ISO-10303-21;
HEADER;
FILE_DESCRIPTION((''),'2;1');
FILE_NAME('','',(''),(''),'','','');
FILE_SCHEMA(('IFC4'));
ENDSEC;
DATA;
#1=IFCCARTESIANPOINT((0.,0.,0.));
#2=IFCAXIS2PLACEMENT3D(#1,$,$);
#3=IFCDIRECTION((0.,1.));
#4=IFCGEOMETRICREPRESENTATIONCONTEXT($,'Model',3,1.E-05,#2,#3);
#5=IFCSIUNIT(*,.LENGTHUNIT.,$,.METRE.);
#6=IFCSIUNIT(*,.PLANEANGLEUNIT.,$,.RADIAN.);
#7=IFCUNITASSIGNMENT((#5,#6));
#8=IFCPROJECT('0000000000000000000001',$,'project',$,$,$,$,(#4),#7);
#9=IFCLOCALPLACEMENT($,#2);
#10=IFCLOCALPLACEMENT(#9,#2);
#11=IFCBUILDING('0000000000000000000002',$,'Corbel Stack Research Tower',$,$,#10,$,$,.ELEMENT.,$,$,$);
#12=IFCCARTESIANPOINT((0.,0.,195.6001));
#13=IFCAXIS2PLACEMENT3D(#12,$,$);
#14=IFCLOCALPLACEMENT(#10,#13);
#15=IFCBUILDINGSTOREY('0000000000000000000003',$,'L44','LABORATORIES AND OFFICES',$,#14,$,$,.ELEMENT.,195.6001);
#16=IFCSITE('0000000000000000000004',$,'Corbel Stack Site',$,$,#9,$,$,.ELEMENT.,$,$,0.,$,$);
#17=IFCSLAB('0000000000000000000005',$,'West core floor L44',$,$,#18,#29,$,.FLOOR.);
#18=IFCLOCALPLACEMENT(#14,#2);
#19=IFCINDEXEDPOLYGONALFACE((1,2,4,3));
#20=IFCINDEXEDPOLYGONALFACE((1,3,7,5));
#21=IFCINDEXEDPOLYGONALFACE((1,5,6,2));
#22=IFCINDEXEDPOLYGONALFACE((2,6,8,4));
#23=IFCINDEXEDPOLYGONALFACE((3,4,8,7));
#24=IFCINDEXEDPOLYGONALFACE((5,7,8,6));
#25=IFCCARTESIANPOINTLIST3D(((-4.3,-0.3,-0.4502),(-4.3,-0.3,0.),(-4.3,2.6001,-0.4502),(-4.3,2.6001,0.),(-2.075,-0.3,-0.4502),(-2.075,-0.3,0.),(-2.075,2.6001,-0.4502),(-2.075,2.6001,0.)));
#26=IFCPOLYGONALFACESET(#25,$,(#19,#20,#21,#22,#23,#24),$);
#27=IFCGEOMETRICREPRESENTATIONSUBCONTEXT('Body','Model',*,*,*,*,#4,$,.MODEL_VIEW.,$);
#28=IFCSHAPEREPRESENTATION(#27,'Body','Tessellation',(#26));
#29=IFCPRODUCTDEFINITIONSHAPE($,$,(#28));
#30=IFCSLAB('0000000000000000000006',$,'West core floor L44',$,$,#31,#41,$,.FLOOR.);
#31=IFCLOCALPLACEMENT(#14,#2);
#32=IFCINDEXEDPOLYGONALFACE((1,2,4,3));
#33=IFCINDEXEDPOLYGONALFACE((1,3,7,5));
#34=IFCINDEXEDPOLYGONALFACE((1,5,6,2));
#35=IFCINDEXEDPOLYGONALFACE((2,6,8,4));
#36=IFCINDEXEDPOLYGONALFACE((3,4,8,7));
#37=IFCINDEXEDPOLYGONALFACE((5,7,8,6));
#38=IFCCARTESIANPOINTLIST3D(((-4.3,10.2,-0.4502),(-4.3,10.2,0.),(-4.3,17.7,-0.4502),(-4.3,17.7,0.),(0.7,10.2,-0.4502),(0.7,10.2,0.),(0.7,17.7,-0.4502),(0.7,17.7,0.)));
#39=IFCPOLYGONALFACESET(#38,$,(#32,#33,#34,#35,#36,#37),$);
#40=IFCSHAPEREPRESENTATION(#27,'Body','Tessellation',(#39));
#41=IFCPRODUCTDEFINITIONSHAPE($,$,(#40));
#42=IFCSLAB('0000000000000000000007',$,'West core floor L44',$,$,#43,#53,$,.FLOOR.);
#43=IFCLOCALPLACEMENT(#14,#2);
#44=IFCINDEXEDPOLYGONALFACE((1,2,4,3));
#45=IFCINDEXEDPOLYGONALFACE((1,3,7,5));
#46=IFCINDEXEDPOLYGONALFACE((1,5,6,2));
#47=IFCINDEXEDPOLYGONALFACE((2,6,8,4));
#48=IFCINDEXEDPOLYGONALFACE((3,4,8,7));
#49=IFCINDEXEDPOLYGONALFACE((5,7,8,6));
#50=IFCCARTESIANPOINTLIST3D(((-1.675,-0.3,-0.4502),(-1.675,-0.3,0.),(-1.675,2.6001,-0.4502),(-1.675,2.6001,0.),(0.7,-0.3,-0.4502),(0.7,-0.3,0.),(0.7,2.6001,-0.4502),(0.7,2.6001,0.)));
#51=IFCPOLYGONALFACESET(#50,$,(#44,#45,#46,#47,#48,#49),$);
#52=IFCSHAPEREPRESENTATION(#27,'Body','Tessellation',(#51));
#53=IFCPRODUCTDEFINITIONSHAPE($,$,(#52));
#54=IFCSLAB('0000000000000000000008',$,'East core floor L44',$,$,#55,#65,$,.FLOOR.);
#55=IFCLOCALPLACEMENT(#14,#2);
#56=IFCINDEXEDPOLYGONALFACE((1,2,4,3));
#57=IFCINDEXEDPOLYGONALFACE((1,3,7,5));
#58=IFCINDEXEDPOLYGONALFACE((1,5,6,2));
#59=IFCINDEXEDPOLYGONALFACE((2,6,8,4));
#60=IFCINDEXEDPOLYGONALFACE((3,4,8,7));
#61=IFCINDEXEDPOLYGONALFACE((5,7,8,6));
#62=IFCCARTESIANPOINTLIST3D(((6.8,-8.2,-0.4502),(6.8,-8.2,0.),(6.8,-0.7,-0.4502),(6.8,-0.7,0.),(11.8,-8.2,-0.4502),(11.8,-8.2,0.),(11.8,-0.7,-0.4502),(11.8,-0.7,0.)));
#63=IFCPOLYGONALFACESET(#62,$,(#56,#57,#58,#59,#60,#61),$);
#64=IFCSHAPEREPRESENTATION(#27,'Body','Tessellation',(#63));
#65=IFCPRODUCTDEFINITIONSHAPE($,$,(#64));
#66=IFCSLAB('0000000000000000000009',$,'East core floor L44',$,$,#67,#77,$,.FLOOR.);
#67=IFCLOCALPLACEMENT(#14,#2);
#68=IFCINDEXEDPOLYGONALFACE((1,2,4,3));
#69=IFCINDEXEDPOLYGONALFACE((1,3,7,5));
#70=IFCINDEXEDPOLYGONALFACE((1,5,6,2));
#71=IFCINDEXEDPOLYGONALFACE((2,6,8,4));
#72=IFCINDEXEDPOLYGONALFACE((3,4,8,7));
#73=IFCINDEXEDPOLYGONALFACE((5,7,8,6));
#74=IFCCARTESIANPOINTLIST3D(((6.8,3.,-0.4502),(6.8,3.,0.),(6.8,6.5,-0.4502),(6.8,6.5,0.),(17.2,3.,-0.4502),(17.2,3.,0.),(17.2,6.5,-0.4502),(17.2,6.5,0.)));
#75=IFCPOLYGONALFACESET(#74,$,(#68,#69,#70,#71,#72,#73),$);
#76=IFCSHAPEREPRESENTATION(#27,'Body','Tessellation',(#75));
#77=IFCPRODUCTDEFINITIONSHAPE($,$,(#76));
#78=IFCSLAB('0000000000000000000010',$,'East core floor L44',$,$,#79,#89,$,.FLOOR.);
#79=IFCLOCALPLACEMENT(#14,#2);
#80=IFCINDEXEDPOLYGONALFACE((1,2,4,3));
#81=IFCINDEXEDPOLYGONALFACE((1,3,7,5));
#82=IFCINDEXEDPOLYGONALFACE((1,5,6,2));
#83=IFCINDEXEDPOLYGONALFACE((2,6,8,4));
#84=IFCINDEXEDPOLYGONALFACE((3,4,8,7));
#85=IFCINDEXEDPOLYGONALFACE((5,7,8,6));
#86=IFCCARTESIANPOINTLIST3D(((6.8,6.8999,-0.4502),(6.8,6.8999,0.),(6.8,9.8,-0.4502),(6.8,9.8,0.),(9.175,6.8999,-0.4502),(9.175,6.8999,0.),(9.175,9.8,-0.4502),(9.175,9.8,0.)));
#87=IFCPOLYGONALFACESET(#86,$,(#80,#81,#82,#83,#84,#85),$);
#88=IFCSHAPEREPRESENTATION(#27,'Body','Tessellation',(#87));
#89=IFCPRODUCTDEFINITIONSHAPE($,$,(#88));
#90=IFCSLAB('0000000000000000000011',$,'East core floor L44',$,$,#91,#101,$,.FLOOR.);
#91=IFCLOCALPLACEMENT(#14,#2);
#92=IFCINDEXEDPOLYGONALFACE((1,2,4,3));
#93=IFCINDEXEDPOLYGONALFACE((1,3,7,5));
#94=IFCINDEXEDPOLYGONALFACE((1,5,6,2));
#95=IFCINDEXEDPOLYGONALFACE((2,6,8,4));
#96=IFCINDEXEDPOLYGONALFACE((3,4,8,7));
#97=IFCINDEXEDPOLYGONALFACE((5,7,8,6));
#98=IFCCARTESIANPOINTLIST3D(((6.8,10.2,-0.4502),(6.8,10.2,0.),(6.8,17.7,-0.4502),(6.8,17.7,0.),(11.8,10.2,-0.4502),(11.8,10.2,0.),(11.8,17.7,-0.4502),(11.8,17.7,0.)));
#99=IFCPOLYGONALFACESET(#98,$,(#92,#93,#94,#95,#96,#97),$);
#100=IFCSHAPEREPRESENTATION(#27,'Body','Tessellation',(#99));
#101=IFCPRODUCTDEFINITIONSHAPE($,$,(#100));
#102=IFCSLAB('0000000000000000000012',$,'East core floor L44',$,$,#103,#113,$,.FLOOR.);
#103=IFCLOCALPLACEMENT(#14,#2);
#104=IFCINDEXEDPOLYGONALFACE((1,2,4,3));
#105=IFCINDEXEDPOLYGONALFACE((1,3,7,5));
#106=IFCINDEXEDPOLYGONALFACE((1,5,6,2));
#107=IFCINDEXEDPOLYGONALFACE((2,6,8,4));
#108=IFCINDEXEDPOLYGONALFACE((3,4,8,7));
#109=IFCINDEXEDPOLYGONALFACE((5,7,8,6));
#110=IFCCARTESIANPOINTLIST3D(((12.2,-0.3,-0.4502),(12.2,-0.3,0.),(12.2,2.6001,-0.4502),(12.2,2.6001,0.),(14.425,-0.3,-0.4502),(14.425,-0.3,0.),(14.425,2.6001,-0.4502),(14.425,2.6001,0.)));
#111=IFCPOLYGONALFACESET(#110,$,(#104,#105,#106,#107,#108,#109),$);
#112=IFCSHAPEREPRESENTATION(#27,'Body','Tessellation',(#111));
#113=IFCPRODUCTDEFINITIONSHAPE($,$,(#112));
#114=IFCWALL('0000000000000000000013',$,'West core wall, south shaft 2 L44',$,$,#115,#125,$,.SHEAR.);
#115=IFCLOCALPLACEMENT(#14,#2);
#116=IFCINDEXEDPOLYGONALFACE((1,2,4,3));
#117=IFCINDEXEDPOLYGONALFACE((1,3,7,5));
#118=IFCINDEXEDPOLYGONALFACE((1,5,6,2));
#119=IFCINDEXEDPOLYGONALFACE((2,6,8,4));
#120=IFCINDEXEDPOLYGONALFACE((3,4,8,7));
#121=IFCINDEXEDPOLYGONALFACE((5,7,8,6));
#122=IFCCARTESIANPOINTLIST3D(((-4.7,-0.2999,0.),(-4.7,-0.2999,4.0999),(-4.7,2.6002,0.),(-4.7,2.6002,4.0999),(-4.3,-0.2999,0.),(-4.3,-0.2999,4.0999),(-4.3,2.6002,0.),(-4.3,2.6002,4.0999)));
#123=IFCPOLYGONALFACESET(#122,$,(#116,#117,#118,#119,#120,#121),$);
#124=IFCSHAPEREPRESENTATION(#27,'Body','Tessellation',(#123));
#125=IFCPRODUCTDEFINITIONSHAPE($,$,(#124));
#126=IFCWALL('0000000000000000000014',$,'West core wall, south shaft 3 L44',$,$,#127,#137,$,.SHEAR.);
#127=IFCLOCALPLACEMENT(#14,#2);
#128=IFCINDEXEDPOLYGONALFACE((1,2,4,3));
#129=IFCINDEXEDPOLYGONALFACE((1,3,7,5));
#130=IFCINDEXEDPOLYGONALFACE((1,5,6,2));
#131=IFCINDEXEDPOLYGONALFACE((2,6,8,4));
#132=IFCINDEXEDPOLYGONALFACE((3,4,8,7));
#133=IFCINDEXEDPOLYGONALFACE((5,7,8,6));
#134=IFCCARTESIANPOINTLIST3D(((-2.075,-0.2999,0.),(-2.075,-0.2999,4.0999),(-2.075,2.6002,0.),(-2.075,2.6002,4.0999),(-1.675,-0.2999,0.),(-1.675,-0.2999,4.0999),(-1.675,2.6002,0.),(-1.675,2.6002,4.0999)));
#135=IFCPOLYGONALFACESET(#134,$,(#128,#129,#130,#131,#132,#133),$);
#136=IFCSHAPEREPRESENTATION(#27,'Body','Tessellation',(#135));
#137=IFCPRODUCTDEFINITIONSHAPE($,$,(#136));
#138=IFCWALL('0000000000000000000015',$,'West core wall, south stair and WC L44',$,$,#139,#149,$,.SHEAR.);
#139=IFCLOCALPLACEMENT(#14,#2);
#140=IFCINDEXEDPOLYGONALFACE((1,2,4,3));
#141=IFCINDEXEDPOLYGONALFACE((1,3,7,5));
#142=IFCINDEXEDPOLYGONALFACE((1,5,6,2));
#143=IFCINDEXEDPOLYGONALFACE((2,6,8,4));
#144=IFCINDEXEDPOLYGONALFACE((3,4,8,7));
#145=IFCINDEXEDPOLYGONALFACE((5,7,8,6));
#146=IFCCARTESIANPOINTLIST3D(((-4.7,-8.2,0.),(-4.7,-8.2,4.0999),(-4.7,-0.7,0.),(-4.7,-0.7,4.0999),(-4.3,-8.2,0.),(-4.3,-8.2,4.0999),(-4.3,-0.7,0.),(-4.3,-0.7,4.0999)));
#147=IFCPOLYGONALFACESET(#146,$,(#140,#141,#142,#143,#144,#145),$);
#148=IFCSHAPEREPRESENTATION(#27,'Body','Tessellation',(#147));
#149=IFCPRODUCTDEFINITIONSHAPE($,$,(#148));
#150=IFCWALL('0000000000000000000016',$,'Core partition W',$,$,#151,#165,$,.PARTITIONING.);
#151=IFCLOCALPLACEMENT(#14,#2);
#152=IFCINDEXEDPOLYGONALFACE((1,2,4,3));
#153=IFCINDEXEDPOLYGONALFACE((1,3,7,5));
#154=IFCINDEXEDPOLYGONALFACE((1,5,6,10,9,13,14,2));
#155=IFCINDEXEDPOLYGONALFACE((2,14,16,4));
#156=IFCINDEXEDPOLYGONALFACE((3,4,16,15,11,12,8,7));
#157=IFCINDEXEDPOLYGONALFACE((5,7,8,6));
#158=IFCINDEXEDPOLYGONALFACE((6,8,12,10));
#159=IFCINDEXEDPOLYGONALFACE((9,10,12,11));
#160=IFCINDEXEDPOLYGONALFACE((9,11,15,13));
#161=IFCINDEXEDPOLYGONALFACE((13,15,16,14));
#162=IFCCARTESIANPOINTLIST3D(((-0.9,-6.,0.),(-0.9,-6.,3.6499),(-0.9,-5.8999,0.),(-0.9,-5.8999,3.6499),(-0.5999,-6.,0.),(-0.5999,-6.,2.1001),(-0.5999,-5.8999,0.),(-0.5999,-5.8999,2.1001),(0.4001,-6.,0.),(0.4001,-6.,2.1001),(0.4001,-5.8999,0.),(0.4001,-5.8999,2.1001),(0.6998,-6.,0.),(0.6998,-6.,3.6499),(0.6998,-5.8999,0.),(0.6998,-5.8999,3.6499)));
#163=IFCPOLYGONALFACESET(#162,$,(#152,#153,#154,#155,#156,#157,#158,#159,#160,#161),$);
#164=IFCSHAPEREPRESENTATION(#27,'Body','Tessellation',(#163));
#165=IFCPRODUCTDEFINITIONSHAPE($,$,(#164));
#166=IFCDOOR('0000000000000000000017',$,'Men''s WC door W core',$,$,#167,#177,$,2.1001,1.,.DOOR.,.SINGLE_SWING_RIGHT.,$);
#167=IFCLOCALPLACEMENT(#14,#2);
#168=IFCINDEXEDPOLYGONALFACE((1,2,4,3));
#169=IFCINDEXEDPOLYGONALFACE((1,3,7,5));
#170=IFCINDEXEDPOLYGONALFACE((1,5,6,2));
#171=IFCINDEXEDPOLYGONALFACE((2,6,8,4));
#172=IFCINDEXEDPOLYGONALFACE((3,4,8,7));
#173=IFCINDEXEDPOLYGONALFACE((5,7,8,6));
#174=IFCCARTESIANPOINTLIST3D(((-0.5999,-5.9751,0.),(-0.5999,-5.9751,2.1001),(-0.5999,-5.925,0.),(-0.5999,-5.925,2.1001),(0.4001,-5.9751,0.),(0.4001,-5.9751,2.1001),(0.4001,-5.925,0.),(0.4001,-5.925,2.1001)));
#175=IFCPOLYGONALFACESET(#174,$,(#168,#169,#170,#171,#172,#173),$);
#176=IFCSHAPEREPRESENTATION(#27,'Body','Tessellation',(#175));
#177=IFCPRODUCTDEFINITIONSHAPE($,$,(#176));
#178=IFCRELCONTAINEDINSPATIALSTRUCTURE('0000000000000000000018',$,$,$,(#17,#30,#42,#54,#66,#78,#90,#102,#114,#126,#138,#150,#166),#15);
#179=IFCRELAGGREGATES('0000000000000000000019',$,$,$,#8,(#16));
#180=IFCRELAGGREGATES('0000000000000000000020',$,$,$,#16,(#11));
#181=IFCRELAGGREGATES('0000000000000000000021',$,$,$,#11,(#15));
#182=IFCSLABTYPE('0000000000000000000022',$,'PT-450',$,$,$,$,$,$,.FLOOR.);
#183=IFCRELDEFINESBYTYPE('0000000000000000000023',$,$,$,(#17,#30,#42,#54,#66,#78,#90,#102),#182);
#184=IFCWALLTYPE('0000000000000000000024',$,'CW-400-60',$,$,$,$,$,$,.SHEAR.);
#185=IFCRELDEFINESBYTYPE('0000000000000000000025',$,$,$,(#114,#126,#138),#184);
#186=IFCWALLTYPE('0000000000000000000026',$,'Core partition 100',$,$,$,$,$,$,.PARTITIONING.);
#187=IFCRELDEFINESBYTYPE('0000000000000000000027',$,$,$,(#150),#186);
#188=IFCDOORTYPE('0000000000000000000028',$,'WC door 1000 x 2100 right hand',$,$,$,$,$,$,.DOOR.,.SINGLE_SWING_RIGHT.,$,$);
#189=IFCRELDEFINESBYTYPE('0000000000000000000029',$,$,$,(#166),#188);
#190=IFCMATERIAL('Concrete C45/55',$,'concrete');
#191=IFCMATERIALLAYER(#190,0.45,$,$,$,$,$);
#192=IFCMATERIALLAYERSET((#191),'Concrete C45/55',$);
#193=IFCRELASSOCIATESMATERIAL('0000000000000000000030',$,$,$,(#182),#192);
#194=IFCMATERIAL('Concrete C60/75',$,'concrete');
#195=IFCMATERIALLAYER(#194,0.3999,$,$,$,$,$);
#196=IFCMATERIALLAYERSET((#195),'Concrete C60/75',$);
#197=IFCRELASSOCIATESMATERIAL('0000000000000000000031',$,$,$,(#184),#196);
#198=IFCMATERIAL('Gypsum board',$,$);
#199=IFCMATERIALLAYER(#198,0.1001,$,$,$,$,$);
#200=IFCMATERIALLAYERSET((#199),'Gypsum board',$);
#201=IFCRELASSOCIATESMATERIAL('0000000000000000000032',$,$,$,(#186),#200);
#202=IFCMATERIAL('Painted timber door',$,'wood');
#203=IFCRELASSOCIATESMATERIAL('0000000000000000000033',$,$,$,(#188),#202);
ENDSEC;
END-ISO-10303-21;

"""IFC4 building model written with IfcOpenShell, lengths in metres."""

from ifc_helpers import new_model, si_unit, direction, frame, frame_2d, origin, place, context, subcontext, project, spatial, polyline, rectangle, outline, extrude, material, layer, layer_set, type_object, element, fill, save


model = new_model("IFC4")

# Units and contexts
model_context = context("Model", 3, precision=1e-05, world=origin(), true_north=direction((0.0, 1.0)))
body_context = subcontext(model_context, "Body", "Model", "MODEL_VIEW")
ifc_project = project(units=[si_unit("LENGTHUNIT", "METRE"), si_unit("PLANEANGLEUNIT", "RADIAN")], contexts=[model_context])

# Site, building, storey
site_placement = place(None, origin())
site = spatial("IfcSite", under=ifc_project, at=site_placement, Name="Corbel Stack Site", CompositionType="ELEMENT", RefElevation=0.0)
building_placement = place(site_placement, origin())
building = spatial("IfcBuilding", under=site, at=building_placement, Name="Corbel Stack Research Tower", CompositionType="ELEMENT")
storey_placement = place(building_placement, frame((0.0, 0.0, 195.6001)))
storey = spatial("IfcBuildingStorey", under=building, at=storey_placement, Name="L44", Description="LABORATORIES AND OFFICES", CompositionType="ELEMENT", Elevation=195.6001)

# Slabs
ifc_material_1 = material(Name="Concrete C45/55", Category="concrete")
ifc_layer_1 = layer(ifc_material_1, 0.45)
ifc_layer_set_1 = layer_set([ifc_layer_1], Name="Concrete C45/55")
slab_type = type_object("IfcSlabType", Name="PT-450", PredefinedType="FLOOR", material=ifc_layer_set_1)
slab_1_placement = place(storey_placement, frame((0.0, 0.0, -0.4502)))
element("IfcSlab", 1, at=slab_1_placement, inside=storey, type_object=slab_type, Name="West core floor L44", PredefinedType="FLOOR", context=body_context, shape_type="SweptSolid", body=[
    extrude(outline(polyline([(-2.075, -0.3), (-2.075, 2.6001), (-4.3, 2.6001), (-4.3, -0.3), (-2.075, -0.3)])), origin(), (0.0, 0.0, 1.0), 0.4502),
])
slab_2_placement = place(storey_placement, frame((0.0, 0.0, -0.4502)))
element("IfcSlab", 2, at=slab_2_placement, inside=storey, type_object=slab_type, Name="West core floor L44", PredefinedType="FLOOR", context=body_context, shape_type="SweptSolid", body=[
    extrude(outline(polyline([(0.7, 17.7), (-4.3, 17.7), (-4.3, 10.2), (0.7, 10.2), (0.7, 17.7)])), origin(), (0.0, 0.0, 1.0), 0.4502),
])
slab_3_placement = place(storey_placement, frame((0.0, 0.0, -0.4502)))
element("IfcSlab", 3, at=slab_3_placement, inside=storey, type_object=slab_type, Name="West core floor L44", PredefinedType="FLOOR", context=body_context, shape_type="SweptSolid", body=[
    extrude(outline(polyline([(0.7, -0.3), (0.7, 2.6001), (-1.675, 2.6001), (-1.675, -0.3), (0.7, -0.3)])), origin(), (0.0, 0.0, 1.0), 0.4502),
])
slab_4_placement = place(storey_placement, frame((0.0, 0.0, -0.4502)))
element("IfcSlab", 4, at=slab_4_placement, inside=storey, type_object=slab_type, Name="East core floor L44", PredefinedType="FLOOR", context=body_context, shape_type="SweptSolid", body=[
    extrude(outline(polyline([(6.8, -0.7), (6.8, -8.2), (11.8, -8.2), (11.8, -0.7), (6.8, -0.7)])), origin(), (0.0, 0.0, 1.0), 0.4502),
])
slab_5_placement = place(storey_placement, frame((0.0, 0.0, -0.4502)))
element("IfcSlab", 5, at=slab_5_placement, inside=storey, type_object=slab_type, Name="East core floor L44", PredefinedType="FLOOR", context=body_context, shape_type="SweptSolid", body=[
    extrude(outline(polyline([(17.2, 6.5), (6.8, 6.5), (6.8, 3.0), (17.2, 3.0), (17.2, 6.5)])), origin(), (0.0, 0.0, 1.0), 0.4502),
])
slab_6_placement = place(storey_placement, frame((0.0, 0.0, -0.4502)))
element("IfcSlab", 6, at=slab_6_placement, inside=storey, type_object=slab_type, Name="East core floor L44", PredefinedType="FLOOR", context=body_context, shape_type="SweptSolid", body=[
    extrude(outline(polyline([(6.8, 6.8999), (9.175, 6.8999), (9.175, 9.8), (6.8, 9.8), (6.8, 6.8999)])), origin(), (0.0, 0.0, 1.0), 0.4502),
])
slab_7_placement = place(storey_placement, frame((0.0, 0.0, -0.4502)))
element("IfcSlab", 7, at=slab_7_placement, inside=storey, type_object=slab_type, Name="East core floor L44", PredefinedType="FLOOR", context=body_context, shape_type="SweptSolid", body=[
    extrude(outline(polyline([(6.8, 17.7), (6.8, 10.2), (11.8, 10.2), (11.8, 17.7), (6.8, 17.7)])), origin(), (0.0, 0.0, 1.0), 0.4502),
])
slab_8_placement = place(storey_placement, frame((0.0, 0.0, -0.4502)))
element("IfcSlab", 8, at=slab_8_placement, inside=storey, type_object=slab_type, Name="East core floor L44", PredefinedType="FLOOR", context=body_context, shape_type="SweptSolid", body=[
    extrude(outline(polyline([(14.425, -0.3), (14.425, 2.6001), (12.2, 2.6001), (12.2, -0.3), (14.425, -0.3)])), origin(), (0.0, 0.0, 1.0), 0.4502),
])

# Walls
ifc_material_2 = material(Name="Concrete C60/75", Category="concrete")
ifc_layer_2 = layer(ifc_material_2, 0.3999)
ifc_layer_set_2 = layer_set([ifc_layer_2], Name="Concrete C60/75")
wall_type_1 = type_object("IfcWallType", Name="CW-400-60", PredefinedType="SHEAR", material=ifc_layer_set_2)
for number, where, z_axis, x_axis, name in (
    (9, (-4.5, -0.3, 0.0), (0.0, 0.0, 1.0), (0.0, 1.0, 0.0), "West core wall, south shaft 2 L44"),
    (10, (-1.875, -0.3, 0.0), (0.0, 0.0, 1.0), (0.0, 1.0, 0.0), "West core wall, south shaft 3 L44"),
):
    element("IfcWall", number, at=place(storey_placement, frame(where, z_axis=z_axis, x_axis=x_axis)), inside=storey, type_object=wall_type_1, Name=name, PredefinedType="SHEAR", context=body_context, shape_type="SweptSolid", body=[
        extrude(rectangle(XDim=2.9001, YDim=0.3999, at=frame_2d((1.4502, 0.0))), origin(), (0.0, 0.0, 1.0), 4.0999),
    ])
wall_1_placement = place(storey_placement, frame((-4.5, -8.2, 0.0), z_axis=(0.0, 0.0, 1.0), x_axis=(0.0, 1.0, 0.0)))
element("IfcWall", 11, at=wall_1_placement, inside=storey, type_object=wall_type_1, Name="West core wall, south stair and WC L44", PredefinedType="SHEAR", context=body_context, shape_type="SweptSolid", body=[
    extrude(rectangle(XDim=7.5, YDim=0.3999, at=frame_2d((3.75, 0.0))), origin(), (0.0, 0.0, 1.0), 4.0999),
])

# Wall, opening, door
ifc_material_3 = material(Name="Gypsum board")
ifc_layer_3 = layer(ifc_material_3, 0.1001)
ifc_layer_set_3 = layer_set([ifc_layer_3], Name="Gypsum board")
wall_type_2 = type_object("IfcWallType", Name="Core partition 100", PredefinedType="PARTITIONING", material=ifc_layer_set_3)
wall_2_placement = place(storey_placement, frame((-0.8999, -5.95, 0.0), z_axis=(0.0, 0.0, 1.0), x_axis=(1.0, 0.0, 0.0)))
wall_2 = element("IfcWall", 12, at=wall_2_placement, inside=storey, type_object=wall_type_2, Name="Core partition W", PredefinedType="PARTITIONING", context=body_context, shape_type="SweptSolid", body=[
    extrude(rectangle(XDim=1.5999, YDim=0.1001, at=frame_2d((0.7998, 0.0))), origin(), (0.0, 0.0, 1.0), 3.6499),
])
opening_1_placement = place(wall_2_placement, frame((0.3, 0.0, 0.0)))
opening_1 = element("IfcOpeningElement", 13, at=opening_1_placement, cuts=wall_2, PredefinedType="OPENING", context=body_context, shape_type="SweptSolid", body=[
    extrude(rectangle(XDim=1.0, YDim=2.1001, at=frame_2d((0.5, 1.05))), frame((0.0, 0.0601, 0.0), z_axis=(0.0, -1.0, 0.0), x_axis=(1.0, 0.0, 0.0)), (0.0, 0.0, 1.0), 0.1201),
])
ifc_material_4 = material(Name="Painted timber door", Category="wood")
door_type_1 = type_object("IfcDoorType", Name="WC door 1000 x 2100 right hand", OperationType="SINGLE_SWING_RIGHT", PredefinedType="DOOR", material=ifc_material_4)
door_1_placement = place(opening_1_placement, origin())
door_1 = element("IfcDoor", 14, at=door_1_placement, inside=storey, type_object=door_type_1, Name="Men's WC door W core", OperationType="SINGLE_SWING_RIGHT", OverallHeight=2.1001, OverallWidth=1.0, PredefinedType="DOOR", context=body_context, shape_type="SweptSolid", body=[
    extrude(rectangle(XDim=1.0, YDim=2.1001, at=frame_2d((0.5, 1.05))), frame((0.0, 0.0249, 0.0), z_axis=(0.0, -1.0, 0.0), x_axis=(1.0, 0.0, 0.0)), (0.0, 0.0, 1.0), 0.05),
])
fill(opening_1, door_1)

save(model, "model.ifc")
